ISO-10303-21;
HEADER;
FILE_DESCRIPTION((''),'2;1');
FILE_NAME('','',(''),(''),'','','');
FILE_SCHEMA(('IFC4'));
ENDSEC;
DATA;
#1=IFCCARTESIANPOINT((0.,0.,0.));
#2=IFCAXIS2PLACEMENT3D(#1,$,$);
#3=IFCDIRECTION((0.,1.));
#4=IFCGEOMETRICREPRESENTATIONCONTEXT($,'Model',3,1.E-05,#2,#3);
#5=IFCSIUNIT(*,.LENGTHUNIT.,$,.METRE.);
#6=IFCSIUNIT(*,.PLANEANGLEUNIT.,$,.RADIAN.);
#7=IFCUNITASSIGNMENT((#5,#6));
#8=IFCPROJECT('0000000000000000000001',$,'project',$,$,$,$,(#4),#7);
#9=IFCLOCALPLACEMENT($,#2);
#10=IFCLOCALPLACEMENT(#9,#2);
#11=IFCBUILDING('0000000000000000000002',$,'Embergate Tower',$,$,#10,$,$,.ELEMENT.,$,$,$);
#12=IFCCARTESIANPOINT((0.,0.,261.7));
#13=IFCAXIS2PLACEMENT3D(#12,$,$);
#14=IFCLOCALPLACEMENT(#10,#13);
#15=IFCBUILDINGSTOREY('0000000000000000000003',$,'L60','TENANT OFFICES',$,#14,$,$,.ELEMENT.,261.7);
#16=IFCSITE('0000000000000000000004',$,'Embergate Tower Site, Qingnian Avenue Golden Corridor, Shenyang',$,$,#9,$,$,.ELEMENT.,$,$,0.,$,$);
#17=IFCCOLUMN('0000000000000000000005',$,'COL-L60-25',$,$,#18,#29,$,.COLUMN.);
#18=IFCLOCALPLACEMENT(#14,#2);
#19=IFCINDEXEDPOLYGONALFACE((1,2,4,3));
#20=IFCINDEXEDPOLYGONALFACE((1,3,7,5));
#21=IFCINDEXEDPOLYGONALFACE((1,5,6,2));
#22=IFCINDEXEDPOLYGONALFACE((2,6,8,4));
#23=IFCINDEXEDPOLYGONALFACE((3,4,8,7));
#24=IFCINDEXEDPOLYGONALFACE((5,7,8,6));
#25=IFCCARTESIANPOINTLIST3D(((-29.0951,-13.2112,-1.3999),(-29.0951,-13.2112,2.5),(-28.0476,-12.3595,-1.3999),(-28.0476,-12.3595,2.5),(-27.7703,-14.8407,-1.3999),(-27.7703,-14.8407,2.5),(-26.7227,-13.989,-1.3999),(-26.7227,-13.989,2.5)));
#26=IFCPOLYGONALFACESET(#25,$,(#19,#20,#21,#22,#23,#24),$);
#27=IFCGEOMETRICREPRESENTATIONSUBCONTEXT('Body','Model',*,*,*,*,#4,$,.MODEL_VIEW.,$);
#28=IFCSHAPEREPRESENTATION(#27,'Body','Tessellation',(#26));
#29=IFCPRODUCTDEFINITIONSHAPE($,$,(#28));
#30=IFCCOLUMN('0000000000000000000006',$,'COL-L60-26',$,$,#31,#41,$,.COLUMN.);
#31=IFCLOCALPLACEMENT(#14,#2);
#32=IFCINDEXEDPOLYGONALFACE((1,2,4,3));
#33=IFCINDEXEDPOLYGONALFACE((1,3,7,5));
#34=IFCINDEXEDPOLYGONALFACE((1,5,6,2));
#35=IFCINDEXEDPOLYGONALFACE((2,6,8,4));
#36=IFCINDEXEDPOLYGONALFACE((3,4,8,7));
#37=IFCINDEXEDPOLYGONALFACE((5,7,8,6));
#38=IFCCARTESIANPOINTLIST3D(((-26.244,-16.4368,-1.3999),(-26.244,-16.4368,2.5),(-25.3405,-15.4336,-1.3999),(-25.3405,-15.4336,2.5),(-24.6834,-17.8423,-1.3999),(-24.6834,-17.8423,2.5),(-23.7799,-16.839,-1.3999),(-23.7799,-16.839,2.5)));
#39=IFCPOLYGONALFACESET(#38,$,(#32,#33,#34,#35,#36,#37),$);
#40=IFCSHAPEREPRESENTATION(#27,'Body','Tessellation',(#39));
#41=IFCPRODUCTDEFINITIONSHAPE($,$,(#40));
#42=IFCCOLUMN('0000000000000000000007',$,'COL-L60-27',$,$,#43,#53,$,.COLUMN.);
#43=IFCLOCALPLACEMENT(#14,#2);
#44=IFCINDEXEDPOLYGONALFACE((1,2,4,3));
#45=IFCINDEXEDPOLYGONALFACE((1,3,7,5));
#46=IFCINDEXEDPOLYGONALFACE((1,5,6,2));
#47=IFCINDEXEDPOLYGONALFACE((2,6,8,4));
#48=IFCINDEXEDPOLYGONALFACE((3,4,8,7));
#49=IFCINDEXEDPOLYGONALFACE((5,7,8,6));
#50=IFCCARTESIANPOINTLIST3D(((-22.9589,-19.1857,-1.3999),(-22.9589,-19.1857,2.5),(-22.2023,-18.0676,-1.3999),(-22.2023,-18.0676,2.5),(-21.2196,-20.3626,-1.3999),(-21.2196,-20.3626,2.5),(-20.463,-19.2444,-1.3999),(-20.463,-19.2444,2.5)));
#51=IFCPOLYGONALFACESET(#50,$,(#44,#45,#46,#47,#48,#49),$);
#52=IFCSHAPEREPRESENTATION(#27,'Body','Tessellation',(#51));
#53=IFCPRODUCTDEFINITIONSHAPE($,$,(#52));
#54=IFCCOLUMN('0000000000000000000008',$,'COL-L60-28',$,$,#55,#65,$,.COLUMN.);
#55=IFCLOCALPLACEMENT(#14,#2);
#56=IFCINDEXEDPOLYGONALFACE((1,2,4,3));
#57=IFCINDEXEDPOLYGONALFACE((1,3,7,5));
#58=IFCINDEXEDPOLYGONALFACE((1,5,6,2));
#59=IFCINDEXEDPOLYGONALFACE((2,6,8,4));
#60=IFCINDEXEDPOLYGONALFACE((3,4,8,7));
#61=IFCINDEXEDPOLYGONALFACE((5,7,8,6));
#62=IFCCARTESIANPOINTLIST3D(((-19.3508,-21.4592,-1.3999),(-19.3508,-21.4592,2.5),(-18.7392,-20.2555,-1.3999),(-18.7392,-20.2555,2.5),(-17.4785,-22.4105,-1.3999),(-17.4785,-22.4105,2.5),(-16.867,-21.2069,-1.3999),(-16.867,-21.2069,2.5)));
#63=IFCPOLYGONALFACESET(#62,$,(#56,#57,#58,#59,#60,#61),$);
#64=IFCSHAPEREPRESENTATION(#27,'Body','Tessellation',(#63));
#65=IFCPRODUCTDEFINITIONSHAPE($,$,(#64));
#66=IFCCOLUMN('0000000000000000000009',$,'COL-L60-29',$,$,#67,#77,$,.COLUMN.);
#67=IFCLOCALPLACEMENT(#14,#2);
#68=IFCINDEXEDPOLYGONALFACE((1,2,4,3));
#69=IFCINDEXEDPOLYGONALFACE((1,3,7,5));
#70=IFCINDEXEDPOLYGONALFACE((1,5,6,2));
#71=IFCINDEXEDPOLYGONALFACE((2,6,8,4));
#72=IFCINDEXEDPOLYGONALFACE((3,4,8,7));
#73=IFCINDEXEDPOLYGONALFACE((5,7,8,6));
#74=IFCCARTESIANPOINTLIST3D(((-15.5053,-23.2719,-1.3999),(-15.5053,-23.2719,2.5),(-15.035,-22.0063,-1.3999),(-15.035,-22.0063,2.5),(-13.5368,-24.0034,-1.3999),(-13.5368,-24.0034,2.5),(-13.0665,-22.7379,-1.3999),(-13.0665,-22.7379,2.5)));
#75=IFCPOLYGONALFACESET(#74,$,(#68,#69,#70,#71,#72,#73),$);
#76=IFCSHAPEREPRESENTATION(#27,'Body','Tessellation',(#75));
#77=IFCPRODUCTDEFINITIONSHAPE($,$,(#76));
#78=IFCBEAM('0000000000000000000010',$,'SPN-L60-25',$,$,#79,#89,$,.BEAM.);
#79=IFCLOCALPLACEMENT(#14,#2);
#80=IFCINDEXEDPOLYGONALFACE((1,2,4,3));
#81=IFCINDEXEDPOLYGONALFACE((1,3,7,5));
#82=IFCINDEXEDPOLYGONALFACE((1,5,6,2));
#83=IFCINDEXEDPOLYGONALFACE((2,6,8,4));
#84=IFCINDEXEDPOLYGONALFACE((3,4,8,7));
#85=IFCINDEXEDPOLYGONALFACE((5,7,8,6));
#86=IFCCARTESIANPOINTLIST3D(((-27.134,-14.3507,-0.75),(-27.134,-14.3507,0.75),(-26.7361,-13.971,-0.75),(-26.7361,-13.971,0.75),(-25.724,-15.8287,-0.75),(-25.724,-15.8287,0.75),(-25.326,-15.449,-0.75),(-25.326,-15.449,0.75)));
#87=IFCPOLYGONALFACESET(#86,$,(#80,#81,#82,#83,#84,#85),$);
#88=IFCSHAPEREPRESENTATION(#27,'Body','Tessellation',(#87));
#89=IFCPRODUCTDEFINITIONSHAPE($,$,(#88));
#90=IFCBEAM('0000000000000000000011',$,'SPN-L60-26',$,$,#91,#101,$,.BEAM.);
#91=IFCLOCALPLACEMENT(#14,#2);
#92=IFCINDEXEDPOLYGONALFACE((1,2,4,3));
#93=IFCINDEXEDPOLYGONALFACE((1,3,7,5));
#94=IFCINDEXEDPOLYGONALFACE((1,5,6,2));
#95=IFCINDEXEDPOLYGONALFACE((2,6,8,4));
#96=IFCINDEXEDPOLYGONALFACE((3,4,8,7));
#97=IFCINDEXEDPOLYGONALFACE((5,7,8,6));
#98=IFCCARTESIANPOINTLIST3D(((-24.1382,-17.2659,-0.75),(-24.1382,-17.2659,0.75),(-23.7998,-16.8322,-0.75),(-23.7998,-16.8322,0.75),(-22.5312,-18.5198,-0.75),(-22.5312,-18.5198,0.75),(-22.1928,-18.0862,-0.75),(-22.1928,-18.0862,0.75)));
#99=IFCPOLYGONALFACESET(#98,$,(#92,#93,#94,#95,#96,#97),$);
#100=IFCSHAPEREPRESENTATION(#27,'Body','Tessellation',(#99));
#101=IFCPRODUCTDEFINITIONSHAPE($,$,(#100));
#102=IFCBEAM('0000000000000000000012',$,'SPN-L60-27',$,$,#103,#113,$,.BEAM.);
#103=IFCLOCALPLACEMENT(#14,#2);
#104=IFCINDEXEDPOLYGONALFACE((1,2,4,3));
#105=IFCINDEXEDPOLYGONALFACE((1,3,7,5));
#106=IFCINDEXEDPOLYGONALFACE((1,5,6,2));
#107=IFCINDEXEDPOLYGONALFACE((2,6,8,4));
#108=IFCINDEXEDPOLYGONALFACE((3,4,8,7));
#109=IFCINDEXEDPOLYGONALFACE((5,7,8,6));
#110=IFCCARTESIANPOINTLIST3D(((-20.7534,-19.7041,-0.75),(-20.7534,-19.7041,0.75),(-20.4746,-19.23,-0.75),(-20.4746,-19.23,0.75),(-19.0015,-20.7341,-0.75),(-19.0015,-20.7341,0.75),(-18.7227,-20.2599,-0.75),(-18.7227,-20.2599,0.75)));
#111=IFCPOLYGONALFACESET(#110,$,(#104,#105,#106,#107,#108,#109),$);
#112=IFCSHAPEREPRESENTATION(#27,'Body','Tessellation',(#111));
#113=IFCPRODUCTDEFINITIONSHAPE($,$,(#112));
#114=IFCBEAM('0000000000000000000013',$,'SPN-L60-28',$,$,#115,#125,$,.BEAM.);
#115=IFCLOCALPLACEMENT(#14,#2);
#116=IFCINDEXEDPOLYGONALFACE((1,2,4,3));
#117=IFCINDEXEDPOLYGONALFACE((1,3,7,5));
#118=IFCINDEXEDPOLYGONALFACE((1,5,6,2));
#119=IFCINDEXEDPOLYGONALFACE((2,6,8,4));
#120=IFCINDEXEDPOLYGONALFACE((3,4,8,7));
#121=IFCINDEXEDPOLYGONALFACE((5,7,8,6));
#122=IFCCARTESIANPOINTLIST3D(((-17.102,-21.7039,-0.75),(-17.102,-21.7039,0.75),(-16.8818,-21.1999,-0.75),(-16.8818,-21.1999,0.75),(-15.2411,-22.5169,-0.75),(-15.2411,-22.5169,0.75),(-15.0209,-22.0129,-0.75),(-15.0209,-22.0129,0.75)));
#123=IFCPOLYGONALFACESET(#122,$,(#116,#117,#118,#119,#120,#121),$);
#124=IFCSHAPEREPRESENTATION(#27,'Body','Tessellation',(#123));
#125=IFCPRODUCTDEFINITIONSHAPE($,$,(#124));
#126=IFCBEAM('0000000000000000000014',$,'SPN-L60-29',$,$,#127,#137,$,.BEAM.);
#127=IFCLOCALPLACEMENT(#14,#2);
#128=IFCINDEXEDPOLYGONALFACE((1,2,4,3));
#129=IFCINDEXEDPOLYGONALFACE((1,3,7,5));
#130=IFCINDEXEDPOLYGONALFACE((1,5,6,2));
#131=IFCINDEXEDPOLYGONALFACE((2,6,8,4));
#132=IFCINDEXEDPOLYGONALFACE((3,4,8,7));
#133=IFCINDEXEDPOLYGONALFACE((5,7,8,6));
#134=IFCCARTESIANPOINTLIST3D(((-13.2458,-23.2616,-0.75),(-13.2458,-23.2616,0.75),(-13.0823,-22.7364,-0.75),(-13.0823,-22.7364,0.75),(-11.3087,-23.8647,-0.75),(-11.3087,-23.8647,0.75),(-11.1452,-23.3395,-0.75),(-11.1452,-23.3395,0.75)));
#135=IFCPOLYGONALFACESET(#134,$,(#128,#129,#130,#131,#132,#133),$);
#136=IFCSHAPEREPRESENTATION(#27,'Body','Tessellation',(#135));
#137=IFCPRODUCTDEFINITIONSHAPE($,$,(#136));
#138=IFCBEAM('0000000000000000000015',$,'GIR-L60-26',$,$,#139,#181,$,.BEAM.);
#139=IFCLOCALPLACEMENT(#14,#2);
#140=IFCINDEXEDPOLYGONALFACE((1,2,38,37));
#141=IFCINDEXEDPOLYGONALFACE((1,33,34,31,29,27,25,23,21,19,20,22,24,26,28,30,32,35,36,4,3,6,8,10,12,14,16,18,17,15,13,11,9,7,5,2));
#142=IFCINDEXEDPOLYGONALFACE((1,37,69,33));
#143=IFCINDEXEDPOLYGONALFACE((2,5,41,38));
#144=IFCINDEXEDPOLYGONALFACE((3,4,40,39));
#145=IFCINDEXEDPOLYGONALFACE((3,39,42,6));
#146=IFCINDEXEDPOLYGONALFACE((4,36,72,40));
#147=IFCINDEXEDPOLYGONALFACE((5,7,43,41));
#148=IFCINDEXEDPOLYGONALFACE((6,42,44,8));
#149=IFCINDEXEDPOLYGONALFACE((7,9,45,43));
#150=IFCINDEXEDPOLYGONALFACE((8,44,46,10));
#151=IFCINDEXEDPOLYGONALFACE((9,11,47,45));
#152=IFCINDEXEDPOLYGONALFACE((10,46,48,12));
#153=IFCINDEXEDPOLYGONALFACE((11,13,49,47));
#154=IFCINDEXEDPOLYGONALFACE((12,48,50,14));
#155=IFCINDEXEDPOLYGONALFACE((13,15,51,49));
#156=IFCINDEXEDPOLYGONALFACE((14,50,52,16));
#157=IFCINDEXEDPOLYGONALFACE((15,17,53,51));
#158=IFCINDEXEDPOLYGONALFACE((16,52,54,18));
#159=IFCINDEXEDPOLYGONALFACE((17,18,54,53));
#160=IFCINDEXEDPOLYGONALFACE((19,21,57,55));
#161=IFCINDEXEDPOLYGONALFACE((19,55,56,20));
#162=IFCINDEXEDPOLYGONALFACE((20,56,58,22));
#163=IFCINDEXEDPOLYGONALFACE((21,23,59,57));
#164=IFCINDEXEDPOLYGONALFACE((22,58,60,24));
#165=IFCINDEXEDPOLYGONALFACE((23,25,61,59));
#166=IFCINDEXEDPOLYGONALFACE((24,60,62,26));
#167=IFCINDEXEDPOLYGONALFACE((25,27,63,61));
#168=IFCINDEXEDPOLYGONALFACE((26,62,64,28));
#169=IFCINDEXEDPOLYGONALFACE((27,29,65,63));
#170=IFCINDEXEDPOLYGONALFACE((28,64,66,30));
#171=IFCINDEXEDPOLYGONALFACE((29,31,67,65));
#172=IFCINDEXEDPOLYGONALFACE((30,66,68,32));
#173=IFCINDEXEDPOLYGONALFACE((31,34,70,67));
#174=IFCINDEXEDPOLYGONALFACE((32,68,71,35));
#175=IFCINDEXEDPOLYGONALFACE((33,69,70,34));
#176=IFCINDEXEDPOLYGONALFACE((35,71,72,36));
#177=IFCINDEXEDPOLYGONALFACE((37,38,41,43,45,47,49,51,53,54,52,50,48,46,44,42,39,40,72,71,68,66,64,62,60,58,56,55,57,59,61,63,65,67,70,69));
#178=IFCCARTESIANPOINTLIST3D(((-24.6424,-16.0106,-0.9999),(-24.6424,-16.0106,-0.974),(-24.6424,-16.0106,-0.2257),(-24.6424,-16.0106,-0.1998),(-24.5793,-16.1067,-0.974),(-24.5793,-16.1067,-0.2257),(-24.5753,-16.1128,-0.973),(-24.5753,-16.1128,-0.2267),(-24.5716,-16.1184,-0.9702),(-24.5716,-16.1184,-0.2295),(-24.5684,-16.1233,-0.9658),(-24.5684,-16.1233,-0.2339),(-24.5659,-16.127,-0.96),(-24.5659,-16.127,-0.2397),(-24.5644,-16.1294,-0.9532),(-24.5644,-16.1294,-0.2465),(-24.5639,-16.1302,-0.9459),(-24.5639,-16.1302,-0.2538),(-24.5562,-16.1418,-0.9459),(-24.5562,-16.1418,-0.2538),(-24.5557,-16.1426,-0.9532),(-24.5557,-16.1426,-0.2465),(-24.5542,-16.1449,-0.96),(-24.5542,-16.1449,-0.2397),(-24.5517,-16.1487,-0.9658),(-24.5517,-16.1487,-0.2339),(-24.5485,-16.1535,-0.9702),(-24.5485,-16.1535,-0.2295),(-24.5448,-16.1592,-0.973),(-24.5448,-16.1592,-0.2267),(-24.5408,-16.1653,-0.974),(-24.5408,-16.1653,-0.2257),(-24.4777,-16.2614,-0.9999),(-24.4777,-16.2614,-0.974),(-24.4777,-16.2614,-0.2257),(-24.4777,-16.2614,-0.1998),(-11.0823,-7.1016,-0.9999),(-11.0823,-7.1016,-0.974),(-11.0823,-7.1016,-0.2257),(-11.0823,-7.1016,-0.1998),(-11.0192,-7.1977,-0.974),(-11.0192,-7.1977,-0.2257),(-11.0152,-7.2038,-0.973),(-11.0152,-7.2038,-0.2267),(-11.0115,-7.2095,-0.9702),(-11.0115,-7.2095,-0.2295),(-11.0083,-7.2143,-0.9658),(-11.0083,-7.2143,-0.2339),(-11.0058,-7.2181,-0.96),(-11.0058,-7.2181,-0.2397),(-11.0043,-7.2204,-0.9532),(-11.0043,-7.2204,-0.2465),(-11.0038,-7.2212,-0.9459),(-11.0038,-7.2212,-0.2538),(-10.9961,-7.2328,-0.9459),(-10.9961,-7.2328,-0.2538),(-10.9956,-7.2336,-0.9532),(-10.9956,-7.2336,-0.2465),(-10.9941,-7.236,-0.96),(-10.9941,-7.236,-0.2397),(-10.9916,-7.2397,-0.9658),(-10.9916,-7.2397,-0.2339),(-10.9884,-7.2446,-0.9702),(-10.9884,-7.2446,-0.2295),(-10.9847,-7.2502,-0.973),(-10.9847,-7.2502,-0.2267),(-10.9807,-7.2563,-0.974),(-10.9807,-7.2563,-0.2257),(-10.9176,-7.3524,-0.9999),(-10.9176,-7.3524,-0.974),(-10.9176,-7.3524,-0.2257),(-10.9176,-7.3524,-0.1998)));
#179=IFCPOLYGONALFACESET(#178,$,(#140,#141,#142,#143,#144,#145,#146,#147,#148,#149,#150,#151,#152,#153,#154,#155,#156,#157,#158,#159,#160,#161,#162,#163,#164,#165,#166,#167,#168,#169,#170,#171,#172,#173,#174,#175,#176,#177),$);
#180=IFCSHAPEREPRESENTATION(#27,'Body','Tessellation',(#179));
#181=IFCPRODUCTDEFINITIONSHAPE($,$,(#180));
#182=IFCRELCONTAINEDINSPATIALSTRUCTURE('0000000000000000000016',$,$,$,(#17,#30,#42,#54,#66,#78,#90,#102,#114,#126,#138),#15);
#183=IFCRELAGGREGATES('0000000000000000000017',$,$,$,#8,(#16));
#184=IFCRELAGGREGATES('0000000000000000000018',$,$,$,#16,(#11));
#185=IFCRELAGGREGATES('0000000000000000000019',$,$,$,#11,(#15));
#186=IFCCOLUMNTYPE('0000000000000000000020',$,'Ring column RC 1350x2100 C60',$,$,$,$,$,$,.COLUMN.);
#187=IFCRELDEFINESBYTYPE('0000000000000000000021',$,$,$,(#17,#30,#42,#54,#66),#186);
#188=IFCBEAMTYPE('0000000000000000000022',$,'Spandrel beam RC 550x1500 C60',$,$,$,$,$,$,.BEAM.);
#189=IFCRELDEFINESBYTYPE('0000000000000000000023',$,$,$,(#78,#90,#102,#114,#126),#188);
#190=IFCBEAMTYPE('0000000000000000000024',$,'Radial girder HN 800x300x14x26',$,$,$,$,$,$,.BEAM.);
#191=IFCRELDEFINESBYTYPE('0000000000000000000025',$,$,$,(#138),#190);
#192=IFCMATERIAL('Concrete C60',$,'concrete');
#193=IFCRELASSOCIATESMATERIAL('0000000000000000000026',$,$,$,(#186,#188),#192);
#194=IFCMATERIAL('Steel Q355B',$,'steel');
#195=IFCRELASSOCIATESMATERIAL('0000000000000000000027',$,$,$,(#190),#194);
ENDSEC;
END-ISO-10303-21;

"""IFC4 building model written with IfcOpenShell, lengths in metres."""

from ifc_helpers import new_model, si_unit, direction, frame, origin, origin_2d, place, context, subcontext, project, spatial, rectangle, i_section, extrude, source, transform, mapped, material, material_profile, profile_set, type_object, element, save


model = new_model("IFC4")

# Units and contexts
model_context = context("Model", 3, precision=1e-05, world=origin(), true_north=direction((0.0, 1.0)))
body_context = subcontext(model_context, "Body", "Model", "MODEL_VIEW")
ifc_project = project(units=[si_unit("LENGTHUNIT", "METRE"), si_unit("PLANEANGLEUNIT", "RADIAN")], contexts=[model_context])

# Site, building, storey
site_placement = place(None, origin())
site = spatial("IfcSite", under=ifc_project, at=site_placement, Name="Embergate Tower Site, Qingnian Avenue Golden Corridor, Shenyang", CompositionType="ELEMENT", RefElevation=0.0)
building_placement = place(site_placement, origin())
building = spatial("IfcBuilding", under=site, at=building_placement, Name="Embergate Tower", CompositionType="ELEMENT")
storey_placement = place(building_placement, frame((0.0, 0.0, 261.7)))
storey = spatial("IfcBuildingStorey", under=building, at=storey_placement, Name="L60", Description="TENANT OFFICES", CompositionType="ELEMENT", Elevation=261.7)

# Columns
ifc_material_1 = material(Name="Concrete C60", Category="concrete")
ifc_material_profile_1 = material_profile(ifc_material_1, rectangle(XDim=1.3501, YDim=2.1001, at=origin_2d()), Name="RC 1350x2100")
ifc_profile_set_1 = profile_set([ifc_material_profile_1], Name="Concrete C60")
column_type = type_object("IfcColumnType", Name="Ring column RC 1350x2100 C60", PredefinedType="COLUMN", material=ifc_profile_set_1)
shared_shape_1 = source(origin(), body_context, "Body", "SweptSolid", [
    extrude(rectangle(XDim=1.3501, YDim=2.1001, at=origin_2d()), origin(), (0.0, 0.0, 1.0), 3.8999),
])
for number, where, z_axis, x_axis, name in (
    (1, (-27.9089, -13.6001, -1.3999), (0.0, 0.0, 1.0), (-0.775914, -0.630838, 0.0), "COL-L60-25"),
    (2, (-25.012, -16.6379, -1.3999), (0.0, 0.0, 1.0), (-0.669208, -0.743075, 0.0), "COL-L60-26"),
    (3, (-21.7109, -19.2151, -1.3999), (0.0, 0.0, 1.0), (-0.560393, -0.828227, 0.0), "COL-L60-27"),
    (4, (-18.1089, -21.333, -1.3999), (0.0, 0.0, 1.0), (-0.452995, -0.891513, 0.0), "COL-L60-28"),
    (5, (-14.2859, -23.0049, -1.3999), (0.0, 0.0, 1.0), (-0.348343, -0.937367, 0.0), "COL-L60-29"),
):
    element("IfcColumn", number, at=place(storey_placement, frame(where, z_axis=z_axis, x_axis=x_axis)), inside=storey, type_object=column_type, Name=name, PredefinedType="COLUMN", context=body_context, shape_type="MappedRepresentation", body=[
        mapped(shared_shape_1, transform((0.0, 0.0, 0.0))),
    ])

# Beams
ifc_material_profile_2 = material_profile(ifc_material_1, rectangle(XDim=0.55, YDim=1.5, at=origin_2d()), Name="RC 550x1500")
ifc_profile_set_2 = profile_set([ifc_material_profile_2], Name="Concrete C60")
beam_type_1 = type_object("IfcBeamType", Name="Spandrel beam RC 550x1500 C60", PredefinedType="BEAM", material=ifc_profile_set_2)
shared_shape_2 = source(origin(), body_context, "Body", "SweptSolid", [
    extrude(rectangle(XDim=0.55, YDim=1.5, at=origin_2d()), origin(), (0.0, 0.0, 1.0), 2.0427),
])
beam_1_placement = place(storey_placement, frame((-26.9351, -14.1609, 0.0), z_axis=(0.690299, -0.723524, 0.0), x_axis=(0.723524, 0.690299, 0.0)))
element("IfcBeam", 6, at=beam_1_placement, inside=storey, type_object=beam_type_1, Name="SPN-L60-25", PredefinedType="BEAM", context=body_context, shape_type="MappedRepresentation", body=[
    mapped(shared_shape_2, transform((0.0, 0.0, 0.0))),
])
shared_shape_3 = source(origin(), body_context, "Body", "SweptSolid", [
    extrude(rectangle(XDim=0.55, YDim=1.5, at=origin_2d()), origin(), (0.0, 0.0, 1.0), 2.0383),
])
beam_2_placement = place(storey_placement, frame((-23.969, -17.0491, 0.0), z_axis=(0.788384, -0.615184, 0.0), x_axis=(0.615184, 0.788384, 0.0)))
element("IfcBeam", 7, at=beam_2_placement, inside=storey, type_object=beam_type_1, Name="SPN-L60-26", PredefinedType="BEAM", context=body_context, shape_type="MappedRepresentation", body=[
    mapped(shared_shape_3, transform((0.0, 0.0, 0.0))),
])
shared_shape_4 = source(origin(), body_context, "Body", "SweptSolid", [
    extrude(rectangle(XDim=0.55, YDim=1.5, at=origin_2d()), origin(), (0.0, 0.0, 1.0), 2.0322),
])
beam_3_placement = place(storey_placement, frame((-20.614, -19.467, 0.0), z_axis=(0.862048, -0.506826, 0.0), x_axis=(0.506826, 0.862048, 0.0)))
element("IfcBeam", 8, at=beam_3_placement, inside=storey, type_object=beam_type_1, Name="SPN-L60-27", PredefinedType="BEAM", context=body_context, shape_type="MappedRepresentation", body=[
    mapped(shared_shape_4, transform((0.0, 0.0, 0.0))),
])
shared_shape_5 = source(origin(), body_context, "Body", "SweptSolid", [
    extrude(rectangle(XDim=0.55, YDim=1.5, at=origin_2d()), origin(), (0.0, 0.0, 1.0), 2.0308),
])
beam_4_placement = place(storey_placement, frame((-16.9919, -21.4519, 0.0), z_axis=(0.916361, -0.400352, 0.0), x_axis=(0.400352, 0.916361, 0.0)))
element("IfcBeam", 9, at=beam_4_placement, inside=storey, type_object=beam_type_1, Name="SPN-L60-28", PredefinedType="BEAM", context=body_context, shape_type="MappedRepresentation", body=[
    mapped(shared_shape_5, transform((0.0, 0.0, 0.0))),
])
shared_shape_6 = source(origin(), body_context, "Body", "SweptSolid", [
    extrude(rectangle(XDim=0.55, YDim=1.5, at=origin_2d()), origin(), (0.0, 0.0, 1.0), 2.0288),
])
beam_5_placement = place(storey_placement, frame((-13.1641, -22.999, 0.0), z_axis=(0.954801, -0.297247, 0.0), x_axis=(0.297247, 0.954801, 0.0)))
element("IfcBeam", 10, at=beam_5_placement, inside=storey, type_object=beam_type_1, Name="SPN-L60-29", PredefinedType="BEAM", context=body_context, shape_type="MappedRepresentation", body=[
    mapped(shared_shape_6, transform((0.0, 0.0, 0.0))),
])
ifc_material_2 = material(Name="Steel Q355B", Category="steel")
ifc_material_profile_3 = material_profile(ifc_material_2, i_section(OverallWidth=0.3, OverallDepth=0.8, WebThickness=0.0139, FlangeThickness=0.0259, FilletRadius=0.0281, at=origin_2d()), Name="HN 800x300x14x26")
ifc_profile_set_3 = profile_set([ifc_material_profile_3], Name="Steel Q355 grade B")
beam_type_2 = type_object("IfcBeamType", Name="Radial girder HN 800x300x14x26", PredefinedType="BEAM", material=ifc_profile_set_3)
shared_shape_7 = source(origin(), body_context, "Body", "SweptSolid", [
    extrude(i_section(OverallWidth=0.3, OverallDepth=0.8, WebThickness=0.0139, FlangeThickness=0.0259, FilletRadius=0.0281, at=origin_2d()), origin(), (0.0, 0.0, 1.0), 16.2249),
])
beam_6_placement = place(storey_placement, frame((-24.5601, -16.136, -0.5999), z_axis=(0.835761, 0.549094, 0.0), x_axis=(-0.549094, 0.835761, 0.0)))
element("IfcBeam", 11, at=beam_6_placement, inside=storey, type_object=beam_type_2, Name="GIR-L60-26", PredefinedType="BEAM", context=body_context, shape_type="MappedRepresentation", body=[
    mapped(shared_shape_7, transform((0.0, 0.0, 0.0))),
])

save(model, "model.ifc")
